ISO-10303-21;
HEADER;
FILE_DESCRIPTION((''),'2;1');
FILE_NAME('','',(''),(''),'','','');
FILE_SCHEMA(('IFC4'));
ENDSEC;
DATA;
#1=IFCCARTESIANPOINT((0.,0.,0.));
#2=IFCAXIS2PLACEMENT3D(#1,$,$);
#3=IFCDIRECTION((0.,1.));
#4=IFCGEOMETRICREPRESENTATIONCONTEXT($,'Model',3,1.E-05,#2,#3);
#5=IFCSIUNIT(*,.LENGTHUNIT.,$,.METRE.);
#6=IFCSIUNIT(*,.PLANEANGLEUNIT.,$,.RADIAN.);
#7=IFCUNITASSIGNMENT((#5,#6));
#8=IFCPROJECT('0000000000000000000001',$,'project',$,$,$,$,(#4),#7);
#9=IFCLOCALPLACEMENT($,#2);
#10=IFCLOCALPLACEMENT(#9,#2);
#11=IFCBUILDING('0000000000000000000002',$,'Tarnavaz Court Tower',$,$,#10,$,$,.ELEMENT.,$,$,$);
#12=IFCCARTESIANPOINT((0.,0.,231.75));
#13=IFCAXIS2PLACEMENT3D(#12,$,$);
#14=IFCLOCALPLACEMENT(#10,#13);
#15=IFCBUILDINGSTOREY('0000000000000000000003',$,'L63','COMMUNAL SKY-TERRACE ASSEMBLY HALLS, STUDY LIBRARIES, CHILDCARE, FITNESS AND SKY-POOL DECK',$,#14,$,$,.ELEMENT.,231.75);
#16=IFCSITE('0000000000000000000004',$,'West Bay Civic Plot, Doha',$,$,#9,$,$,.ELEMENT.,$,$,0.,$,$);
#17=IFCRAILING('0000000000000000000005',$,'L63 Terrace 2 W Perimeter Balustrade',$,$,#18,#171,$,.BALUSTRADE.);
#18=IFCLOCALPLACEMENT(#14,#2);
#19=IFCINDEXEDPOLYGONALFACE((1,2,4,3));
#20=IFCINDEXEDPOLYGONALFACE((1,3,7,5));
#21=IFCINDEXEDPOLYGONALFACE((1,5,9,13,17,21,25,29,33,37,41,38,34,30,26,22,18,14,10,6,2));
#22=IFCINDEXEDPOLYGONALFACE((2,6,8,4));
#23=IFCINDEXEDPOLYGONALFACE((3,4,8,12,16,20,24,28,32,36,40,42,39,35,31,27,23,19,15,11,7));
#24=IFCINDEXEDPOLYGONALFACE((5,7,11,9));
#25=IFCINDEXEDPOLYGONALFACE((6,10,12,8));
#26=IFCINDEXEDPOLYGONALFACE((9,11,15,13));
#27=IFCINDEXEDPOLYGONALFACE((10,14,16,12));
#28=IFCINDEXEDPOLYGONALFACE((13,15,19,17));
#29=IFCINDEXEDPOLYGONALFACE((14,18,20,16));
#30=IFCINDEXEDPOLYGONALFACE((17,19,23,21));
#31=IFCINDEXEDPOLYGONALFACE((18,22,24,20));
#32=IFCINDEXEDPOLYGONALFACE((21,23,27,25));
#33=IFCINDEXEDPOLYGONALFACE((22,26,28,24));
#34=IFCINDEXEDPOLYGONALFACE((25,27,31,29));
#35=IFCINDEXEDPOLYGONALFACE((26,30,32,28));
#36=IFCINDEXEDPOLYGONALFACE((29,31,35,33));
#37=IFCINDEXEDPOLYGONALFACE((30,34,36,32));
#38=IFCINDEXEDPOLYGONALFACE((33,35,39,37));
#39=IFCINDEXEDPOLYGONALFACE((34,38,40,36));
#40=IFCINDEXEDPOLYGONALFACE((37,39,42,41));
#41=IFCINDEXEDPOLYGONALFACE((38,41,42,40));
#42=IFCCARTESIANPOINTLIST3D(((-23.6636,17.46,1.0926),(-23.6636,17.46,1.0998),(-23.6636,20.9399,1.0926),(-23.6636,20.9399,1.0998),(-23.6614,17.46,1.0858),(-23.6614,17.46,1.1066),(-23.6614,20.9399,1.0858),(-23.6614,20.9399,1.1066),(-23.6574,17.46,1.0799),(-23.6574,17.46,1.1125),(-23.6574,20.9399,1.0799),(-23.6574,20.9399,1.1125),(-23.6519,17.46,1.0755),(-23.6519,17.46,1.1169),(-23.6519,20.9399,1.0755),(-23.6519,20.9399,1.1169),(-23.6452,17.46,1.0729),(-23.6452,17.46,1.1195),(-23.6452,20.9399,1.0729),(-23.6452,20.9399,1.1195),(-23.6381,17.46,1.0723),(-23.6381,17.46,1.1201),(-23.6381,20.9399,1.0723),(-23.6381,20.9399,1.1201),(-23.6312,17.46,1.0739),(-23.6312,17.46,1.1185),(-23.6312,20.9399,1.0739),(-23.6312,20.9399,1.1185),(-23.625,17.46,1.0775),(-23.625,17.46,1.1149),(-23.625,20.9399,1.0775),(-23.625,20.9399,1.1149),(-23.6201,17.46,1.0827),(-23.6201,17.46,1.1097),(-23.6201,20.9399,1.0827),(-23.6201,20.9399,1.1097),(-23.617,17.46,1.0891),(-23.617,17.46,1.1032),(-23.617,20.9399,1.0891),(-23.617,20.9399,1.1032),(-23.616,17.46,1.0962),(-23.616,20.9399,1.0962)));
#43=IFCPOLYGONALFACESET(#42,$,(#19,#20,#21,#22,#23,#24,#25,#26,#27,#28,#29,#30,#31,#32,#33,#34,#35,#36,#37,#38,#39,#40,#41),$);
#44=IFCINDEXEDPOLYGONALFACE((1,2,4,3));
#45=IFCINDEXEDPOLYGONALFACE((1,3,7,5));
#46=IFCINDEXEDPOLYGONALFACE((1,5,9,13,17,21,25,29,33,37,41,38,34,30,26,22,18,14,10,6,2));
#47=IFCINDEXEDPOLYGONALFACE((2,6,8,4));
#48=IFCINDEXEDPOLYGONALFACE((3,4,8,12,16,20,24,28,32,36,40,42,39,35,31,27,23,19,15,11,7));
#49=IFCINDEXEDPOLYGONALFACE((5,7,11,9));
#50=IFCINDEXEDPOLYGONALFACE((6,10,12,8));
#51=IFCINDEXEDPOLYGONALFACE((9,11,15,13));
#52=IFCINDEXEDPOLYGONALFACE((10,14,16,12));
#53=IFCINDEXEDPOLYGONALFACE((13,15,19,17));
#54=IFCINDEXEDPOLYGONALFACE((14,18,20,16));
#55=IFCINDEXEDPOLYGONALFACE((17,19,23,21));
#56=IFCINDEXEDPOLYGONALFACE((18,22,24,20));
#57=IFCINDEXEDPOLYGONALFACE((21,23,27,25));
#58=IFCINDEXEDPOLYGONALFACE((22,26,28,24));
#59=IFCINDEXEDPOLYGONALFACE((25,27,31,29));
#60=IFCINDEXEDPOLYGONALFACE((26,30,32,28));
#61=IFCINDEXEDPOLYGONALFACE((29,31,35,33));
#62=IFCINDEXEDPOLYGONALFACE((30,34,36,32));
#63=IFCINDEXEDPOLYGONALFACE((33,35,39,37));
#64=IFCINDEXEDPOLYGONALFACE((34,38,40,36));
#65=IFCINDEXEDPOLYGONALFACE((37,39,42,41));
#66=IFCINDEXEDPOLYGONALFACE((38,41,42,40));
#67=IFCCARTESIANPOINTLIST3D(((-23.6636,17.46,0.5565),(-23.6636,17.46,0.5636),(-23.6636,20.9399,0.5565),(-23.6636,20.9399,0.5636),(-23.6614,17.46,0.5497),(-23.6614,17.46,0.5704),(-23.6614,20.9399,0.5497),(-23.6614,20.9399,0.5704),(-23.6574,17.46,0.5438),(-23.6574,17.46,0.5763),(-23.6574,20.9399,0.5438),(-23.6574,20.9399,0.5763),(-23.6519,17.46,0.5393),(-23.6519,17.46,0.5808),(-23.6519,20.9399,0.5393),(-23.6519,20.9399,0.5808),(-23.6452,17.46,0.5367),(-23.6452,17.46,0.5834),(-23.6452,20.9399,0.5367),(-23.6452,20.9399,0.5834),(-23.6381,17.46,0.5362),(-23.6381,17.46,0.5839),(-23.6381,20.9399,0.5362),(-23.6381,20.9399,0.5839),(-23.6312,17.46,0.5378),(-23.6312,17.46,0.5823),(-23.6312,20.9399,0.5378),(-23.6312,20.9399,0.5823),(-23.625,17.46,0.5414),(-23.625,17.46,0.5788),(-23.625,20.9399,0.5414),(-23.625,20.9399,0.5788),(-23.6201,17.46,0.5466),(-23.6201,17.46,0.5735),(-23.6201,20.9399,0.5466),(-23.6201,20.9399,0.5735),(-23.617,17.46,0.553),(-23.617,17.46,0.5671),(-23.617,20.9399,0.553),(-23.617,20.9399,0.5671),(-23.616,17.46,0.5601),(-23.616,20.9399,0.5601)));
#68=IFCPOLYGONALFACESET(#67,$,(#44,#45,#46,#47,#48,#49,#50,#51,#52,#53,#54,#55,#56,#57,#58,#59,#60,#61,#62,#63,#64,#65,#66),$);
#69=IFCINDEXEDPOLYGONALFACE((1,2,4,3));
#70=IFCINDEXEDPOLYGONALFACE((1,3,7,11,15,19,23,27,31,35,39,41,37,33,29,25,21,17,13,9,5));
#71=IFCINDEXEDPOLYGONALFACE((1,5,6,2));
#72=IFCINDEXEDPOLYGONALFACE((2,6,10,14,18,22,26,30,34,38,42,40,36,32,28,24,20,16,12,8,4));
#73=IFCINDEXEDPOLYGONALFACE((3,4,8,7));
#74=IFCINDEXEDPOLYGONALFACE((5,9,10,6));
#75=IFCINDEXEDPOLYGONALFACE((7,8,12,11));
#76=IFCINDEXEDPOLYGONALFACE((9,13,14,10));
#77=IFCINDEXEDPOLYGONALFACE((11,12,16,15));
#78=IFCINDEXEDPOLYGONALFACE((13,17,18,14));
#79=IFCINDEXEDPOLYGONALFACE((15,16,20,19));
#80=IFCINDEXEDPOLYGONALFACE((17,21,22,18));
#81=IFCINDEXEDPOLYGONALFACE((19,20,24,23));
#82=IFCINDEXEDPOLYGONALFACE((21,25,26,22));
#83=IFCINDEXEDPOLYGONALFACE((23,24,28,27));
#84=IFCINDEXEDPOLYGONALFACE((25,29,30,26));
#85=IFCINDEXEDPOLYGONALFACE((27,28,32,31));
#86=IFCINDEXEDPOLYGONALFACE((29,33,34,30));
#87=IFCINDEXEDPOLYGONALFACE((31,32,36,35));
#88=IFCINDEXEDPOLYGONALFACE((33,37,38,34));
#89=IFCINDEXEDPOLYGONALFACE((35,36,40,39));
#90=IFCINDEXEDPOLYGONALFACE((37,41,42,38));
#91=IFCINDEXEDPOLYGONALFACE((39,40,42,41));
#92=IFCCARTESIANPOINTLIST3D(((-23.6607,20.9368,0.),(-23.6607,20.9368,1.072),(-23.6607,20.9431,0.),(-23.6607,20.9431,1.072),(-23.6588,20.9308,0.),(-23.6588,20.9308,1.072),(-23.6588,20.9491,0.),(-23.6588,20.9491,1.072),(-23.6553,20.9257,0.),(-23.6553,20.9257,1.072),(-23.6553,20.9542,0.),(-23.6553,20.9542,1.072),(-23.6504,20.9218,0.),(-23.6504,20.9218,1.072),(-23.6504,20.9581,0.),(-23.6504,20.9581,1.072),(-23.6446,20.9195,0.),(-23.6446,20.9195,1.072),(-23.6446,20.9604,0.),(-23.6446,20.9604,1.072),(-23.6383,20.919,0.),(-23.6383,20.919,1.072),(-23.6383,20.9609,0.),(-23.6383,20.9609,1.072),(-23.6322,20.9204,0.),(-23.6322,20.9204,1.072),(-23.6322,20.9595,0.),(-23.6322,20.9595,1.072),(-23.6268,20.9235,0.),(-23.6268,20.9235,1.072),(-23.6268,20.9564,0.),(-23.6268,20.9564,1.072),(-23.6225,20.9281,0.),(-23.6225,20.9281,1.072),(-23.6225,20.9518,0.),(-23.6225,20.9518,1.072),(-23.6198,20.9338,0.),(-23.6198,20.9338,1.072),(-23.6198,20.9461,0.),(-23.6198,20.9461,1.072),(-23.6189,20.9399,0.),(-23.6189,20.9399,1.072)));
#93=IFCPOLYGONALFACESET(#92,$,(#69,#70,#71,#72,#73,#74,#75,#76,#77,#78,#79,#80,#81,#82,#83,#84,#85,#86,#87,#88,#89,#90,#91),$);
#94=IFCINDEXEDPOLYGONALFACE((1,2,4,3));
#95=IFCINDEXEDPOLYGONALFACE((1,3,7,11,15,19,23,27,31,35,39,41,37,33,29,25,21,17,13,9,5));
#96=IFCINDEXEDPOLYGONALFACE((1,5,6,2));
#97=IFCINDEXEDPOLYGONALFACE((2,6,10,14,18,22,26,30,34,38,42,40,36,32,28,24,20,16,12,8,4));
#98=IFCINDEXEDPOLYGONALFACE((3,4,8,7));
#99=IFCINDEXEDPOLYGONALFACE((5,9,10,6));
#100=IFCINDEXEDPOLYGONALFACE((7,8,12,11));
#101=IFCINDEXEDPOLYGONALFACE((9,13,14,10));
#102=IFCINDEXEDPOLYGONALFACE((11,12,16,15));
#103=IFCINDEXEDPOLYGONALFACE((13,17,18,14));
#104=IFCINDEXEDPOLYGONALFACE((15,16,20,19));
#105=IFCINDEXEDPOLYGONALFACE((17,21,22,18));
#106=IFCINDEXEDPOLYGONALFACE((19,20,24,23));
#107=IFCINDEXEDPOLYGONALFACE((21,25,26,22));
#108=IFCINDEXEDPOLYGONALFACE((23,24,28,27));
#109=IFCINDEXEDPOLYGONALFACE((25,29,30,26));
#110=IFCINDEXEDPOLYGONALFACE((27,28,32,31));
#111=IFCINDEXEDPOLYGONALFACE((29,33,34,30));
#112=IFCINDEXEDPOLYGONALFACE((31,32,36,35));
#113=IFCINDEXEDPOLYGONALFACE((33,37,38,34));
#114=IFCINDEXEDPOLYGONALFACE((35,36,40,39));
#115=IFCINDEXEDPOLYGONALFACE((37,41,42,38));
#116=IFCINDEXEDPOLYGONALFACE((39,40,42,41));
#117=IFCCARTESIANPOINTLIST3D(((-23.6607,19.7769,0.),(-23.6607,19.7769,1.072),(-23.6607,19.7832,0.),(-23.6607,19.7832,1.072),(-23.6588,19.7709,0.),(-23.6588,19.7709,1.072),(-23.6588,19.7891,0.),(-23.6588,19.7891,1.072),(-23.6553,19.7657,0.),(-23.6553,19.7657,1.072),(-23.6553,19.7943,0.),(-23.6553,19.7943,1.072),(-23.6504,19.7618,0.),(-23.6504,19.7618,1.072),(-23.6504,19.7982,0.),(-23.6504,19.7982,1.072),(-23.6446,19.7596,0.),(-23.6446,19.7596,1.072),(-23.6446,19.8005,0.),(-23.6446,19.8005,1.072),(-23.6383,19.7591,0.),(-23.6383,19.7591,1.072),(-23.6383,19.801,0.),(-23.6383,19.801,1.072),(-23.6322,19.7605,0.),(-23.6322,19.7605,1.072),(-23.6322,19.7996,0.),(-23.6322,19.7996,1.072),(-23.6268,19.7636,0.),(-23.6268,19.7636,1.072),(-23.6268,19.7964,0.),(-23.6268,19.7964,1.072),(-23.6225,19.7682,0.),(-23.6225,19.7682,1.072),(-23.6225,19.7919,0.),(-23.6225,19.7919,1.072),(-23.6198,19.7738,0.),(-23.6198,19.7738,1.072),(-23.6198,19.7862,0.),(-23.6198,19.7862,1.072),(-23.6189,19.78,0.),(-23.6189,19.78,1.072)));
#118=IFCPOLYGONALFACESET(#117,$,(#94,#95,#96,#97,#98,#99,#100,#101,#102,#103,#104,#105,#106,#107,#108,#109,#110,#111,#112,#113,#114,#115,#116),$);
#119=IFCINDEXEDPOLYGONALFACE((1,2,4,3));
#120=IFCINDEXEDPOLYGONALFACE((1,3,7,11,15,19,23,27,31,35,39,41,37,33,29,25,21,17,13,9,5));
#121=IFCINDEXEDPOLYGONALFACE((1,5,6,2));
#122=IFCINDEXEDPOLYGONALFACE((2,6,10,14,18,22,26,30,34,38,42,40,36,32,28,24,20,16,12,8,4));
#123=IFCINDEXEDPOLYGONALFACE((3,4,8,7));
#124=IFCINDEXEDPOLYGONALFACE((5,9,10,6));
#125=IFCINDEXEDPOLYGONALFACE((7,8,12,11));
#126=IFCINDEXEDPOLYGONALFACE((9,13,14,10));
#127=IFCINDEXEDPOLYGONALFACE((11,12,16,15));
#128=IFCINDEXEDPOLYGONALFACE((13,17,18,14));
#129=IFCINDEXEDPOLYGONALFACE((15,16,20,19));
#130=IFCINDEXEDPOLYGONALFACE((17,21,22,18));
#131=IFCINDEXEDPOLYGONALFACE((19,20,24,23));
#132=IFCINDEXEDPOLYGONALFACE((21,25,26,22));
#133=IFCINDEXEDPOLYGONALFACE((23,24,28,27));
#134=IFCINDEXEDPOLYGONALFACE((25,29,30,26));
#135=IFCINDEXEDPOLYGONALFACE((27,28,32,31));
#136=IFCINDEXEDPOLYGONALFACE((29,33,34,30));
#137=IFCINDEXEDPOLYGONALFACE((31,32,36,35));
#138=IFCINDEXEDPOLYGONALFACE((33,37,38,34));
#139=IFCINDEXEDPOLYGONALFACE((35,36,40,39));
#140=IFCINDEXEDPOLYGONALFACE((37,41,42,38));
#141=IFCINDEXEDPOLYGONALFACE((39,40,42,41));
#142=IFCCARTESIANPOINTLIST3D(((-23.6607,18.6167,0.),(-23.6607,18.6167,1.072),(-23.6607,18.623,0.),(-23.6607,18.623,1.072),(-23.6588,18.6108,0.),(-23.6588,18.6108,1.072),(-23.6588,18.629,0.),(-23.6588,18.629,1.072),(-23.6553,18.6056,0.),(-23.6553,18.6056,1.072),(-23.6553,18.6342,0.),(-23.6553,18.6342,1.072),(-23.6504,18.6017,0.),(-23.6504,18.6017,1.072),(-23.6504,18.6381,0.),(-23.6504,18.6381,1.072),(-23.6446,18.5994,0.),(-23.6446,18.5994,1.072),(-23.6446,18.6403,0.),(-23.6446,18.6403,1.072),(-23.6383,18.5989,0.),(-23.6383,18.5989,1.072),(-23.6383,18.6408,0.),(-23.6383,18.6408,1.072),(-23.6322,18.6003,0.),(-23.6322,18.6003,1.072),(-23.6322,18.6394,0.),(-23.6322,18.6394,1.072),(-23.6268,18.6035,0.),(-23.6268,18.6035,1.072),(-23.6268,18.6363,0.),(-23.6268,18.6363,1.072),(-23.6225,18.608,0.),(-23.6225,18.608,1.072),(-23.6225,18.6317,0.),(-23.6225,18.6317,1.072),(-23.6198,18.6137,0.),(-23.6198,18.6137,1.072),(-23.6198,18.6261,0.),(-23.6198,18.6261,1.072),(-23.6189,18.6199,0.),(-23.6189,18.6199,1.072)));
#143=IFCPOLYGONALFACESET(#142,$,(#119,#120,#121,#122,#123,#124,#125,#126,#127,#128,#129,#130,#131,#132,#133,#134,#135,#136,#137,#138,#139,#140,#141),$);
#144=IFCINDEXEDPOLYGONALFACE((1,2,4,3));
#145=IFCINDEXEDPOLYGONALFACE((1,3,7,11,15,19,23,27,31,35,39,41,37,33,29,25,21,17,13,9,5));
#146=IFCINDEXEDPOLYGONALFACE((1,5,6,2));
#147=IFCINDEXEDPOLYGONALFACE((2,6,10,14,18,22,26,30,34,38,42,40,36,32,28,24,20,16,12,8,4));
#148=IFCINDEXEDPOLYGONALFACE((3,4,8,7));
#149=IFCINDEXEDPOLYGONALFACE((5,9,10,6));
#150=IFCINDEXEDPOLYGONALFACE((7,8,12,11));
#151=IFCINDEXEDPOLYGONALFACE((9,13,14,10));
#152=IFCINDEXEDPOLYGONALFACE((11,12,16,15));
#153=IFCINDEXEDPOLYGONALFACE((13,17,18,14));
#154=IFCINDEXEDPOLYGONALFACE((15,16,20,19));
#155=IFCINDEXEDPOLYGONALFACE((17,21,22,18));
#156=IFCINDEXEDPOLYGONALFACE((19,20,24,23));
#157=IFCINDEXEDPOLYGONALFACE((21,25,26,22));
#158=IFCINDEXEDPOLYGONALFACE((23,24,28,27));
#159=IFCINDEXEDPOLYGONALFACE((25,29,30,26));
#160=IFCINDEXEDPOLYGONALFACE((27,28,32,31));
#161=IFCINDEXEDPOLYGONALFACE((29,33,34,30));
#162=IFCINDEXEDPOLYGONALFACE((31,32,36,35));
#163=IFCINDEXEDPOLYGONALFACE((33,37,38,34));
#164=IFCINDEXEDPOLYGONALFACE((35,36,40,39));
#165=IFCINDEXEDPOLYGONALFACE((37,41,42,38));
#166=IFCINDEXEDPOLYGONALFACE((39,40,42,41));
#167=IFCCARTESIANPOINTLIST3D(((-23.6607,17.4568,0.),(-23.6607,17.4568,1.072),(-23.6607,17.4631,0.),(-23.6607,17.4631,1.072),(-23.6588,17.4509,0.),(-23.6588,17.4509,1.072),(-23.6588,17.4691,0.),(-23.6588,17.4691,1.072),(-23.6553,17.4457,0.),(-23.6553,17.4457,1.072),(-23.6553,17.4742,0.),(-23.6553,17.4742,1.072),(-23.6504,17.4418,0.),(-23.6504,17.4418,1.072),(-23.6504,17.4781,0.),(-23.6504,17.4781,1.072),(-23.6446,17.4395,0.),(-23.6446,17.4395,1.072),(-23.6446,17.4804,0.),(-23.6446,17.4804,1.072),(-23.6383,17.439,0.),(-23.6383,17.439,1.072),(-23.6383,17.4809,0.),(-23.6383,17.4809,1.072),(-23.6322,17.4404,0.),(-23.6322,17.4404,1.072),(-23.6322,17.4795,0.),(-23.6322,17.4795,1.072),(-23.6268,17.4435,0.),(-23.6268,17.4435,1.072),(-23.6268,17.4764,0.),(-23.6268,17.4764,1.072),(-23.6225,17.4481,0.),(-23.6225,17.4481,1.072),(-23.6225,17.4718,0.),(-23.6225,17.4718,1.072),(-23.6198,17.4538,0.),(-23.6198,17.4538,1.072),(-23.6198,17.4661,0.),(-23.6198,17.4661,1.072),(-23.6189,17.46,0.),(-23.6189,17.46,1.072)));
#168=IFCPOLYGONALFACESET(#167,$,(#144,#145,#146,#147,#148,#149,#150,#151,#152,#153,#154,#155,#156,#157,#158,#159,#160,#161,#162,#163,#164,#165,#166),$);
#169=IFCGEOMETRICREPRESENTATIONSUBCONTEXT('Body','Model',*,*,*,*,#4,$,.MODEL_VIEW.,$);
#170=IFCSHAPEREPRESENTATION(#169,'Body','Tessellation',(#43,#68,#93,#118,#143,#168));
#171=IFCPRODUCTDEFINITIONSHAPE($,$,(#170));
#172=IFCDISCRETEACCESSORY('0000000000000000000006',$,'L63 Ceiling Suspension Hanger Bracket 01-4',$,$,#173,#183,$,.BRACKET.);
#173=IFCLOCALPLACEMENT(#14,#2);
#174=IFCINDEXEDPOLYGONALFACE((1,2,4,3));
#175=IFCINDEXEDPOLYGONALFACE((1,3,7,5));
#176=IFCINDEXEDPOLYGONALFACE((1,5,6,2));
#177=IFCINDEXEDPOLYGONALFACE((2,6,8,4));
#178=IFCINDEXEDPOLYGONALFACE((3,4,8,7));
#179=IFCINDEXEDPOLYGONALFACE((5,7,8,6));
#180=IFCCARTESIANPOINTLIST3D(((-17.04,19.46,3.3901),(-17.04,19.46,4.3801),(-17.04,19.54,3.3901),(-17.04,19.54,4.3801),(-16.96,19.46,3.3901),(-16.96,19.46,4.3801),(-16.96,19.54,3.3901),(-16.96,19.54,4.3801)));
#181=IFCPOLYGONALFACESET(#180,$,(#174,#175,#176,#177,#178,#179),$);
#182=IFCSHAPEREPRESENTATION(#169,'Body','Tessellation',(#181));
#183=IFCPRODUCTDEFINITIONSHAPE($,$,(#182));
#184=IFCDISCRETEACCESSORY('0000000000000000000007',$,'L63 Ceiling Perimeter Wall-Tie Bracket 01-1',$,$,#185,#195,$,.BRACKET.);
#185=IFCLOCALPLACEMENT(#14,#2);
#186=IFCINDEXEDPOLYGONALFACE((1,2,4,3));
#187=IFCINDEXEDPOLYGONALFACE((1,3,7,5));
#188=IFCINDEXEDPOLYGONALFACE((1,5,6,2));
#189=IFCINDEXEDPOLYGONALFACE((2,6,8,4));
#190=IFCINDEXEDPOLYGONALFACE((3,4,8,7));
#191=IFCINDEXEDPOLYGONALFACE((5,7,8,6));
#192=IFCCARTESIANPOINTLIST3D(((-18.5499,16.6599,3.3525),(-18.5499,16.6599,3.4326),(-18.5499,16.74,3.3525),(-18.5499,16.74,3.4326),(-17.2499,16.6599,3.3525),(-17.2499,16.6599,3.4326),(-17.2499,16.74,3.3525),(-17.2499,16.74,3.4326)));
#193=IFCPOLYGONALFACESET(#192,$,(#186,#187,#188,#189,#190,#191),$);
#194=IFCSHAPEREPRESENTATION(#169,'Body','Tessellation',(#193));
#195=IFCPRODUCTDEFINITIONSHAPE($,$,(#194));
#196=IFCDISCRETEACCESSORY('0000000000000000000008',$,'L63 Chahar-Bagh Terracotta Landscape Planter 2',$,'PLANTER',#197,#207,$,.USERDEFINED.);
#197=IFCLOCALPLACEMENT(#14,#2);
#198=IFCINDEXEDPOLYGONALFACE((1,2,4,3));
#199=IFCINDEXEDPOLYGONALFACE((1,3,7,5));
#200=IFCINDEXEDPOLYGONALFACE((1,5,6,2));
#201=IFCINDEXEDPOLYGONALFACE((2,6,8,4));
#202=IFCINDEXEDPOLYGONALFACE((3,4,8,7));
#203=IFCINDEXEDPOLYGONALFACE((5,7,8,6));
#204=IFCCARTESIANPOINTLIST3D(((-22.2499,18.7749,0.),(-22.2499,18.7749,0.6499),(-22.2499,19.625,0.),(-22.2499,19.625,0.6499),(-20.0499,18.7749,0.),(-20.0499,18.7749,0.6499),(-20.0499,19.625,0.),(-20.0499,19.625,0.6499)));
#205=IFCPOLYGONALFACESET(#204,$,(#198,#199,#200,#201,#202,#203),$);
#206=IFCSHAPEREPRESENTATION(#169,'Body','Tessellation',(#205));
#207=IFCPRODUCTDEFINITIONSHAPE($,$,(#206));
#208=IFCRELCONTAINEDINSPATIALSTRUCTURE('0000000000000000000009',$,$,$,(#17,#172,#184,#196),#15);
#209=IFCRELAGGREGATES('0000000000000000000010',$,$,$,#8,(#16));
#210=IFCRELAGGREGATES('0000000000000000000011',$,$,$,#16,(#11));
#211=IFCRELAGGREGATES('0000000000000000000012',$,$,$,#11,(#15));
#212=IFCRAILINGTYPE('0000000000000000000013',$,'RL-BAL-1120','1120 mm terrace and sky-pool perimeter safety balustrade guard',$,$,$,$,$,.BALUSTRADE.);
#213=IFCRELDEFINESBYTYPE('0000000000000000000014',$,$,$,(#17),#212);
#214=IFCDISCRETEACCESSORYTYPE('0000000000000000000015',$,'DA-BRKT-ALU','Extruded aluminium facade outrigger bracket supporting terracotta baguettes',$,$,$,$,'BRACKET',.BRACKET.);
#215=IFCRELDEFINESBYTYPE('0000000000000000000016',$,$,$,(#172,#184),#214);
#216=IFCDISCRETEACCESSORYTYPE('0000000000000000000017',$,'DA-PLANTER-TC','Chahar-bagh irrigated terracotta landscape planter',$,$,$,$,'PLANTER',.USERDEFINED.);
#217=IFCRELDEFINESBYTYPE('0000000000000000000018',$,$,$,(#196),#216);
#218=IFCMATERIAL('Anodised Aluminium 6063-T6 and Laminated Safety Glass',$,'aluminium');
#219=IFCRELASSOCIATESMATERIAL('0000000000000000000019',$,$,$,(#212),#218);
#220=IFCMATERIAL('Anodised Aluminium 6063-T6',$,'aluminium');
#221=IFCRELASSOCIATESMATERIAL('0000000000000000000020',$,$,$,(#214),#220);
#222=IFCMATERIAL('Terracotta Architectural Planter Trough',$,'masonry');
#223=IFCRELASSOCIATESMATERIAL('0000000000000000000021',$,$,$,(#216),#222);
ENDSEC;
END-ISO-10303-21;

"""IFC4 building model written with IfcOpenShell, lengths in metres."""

from ifc_helpers import new_model, si_unit, direction, frame, origin, origin_2d, place, context, subcontext, project, spatial, rectangle, circle, extrude, material, type_object, element, save


model = new_model("IFC4")

# Units and contexts
model_context = context("Model", 3, precision=1e-05, world=origin(), true_north=direction((0.0, 1.0)))
body_context = subcontext(model_context, "Body", "Model", "MODEL_VIEW")
ifc_project = project(units=[si_unit("LENGTHUNIT", "METRE"), si_unit("PLANEANGLEUNIT", "RADIAN")], contexts=[model_context])

# Site, building, storey
site_placement = place(None, origin())
site = spatial("IfcSite", under=ifc_project, at=site_placement, Name="West Bay Civic Plot, Doha", CompositionType="ELEMENT", RefElevation=0.0)
building_placement = place(site_placement, origin())
building = spatial("IfcBuilding", under=site, at=building_placement, Name="Tarnavaz Court Tower", CompositionType="ELEMENT")
storey_placement = place(building_placement, frame((0.0, 0.0, 231.75)))
storey = spatial("IfcBuildingStorey", under=building, at=storey_placement, Name="L63", Description="COMMUNAL SKY-TERRACE ASSEMBLY HALLS, STUDY LIBRARIES, CHILDCARE, FITNESS AND SKY-POOL DECK", CompositionType="ELEMENT", Elevation=231.75)

# Shared definitions
ifc_material_1 = material(Name="Anodised Aluminium 6063-T6", Category="aluminium")

# Railing
ifc_material_2 = material(Name="Anodised Aluminium 6063-T6 and Laminated Safety Glass", Category="aluminium")
railing_type = type_object("IfcRailingType", Name="RL-BAL-1120", Description="1120 mm terrace and sky-pool perimeter safety balustrade guard", PredefinedType="BALUSTRADE", material=ifc_material_2)
railing_1_placement = place(storey_placement, frame((-23.6399, 20.9399, 0.0)))
element("IfcRailing", 1, at=railing_1_placement, inside=storey, type_object=railing_type, Name="L63 Terrace 2 W Perimeter Balustrade", PredefinedType="BALUSTRADE", context=body_context, shape_type="SweptSolid", body=[
    extrude(circle(Radius=0.0239, at=origin_2d()), frame((0.0, 0.0, 1.0962), z_axis=(0.0, -1.0, 0.0), x_axis=(1.0, 0.0, 0.0)), (0.0, 0.0, 1.0), 3.48),
    extrude(circle(Radius=0.0239, at=origin_2d()), frame((0.0, 0.0, 0.5601), z_axis=(0.0, -1.0, 0.0), x_axis=(1.0, 0.0, 0.0)), (0.0, 0.0, 1.0), 3.48),
    extrude(circle(Radius=0.021, at=origin_2d()), origin(), (0.0, 0.0, 1.0), 1.072),
    extrude(circle(Radius=0.021, at=origin_2d()), frame((0.0, -1.1599, 0.0)), (0.0, 0.0, 1.0), 1.072),
    extrude(circle(Radius=0.021, at=origin_2d()), frame((0.0, -2.3201, 0.0)), (0.0, 0.0, 1.0), 1.072),
    extrude(circle(Radius=0.021, at=origin_2d()), frame((0.0, -3.48, 0.0)), (0.0, 0.0, 1.0), 1.072),
])

# Discrete accessories
discrete_accessory_type_1 = type_object("IfcDiscreteAccessoryType", Name="DA-BRKT-ALU", Description="Extruded aluminium facade outrigger bracket supporting terracotta baguettes", ElementType="BRACKET", PredefinedType="BRACKET", material=ifc_material_1)
discrete_accessory_1_placement = place(storey_placement, frame((-17.0, 19.5, 3.3901), z_axis=(0.0, 0.0, 1.0), x_axis=(1.0, 0.0, 0.0)))
element("IfcDiscreteAccessory", 2, at=discrete_accessory_1_placement, inside=storey, type_object=discrete_accessory_type_1, Name="L63 Ceiling Suspension Hanger Bracket 01-4", PredefinedType="BRACKET", context=body_context, shape_type="SweptSolid", body=[
    extrude(rectangle(XDim=0.0801, YDim=0.0801, at=origin_2d()), origin(), (0.0, 0.0, 1.0), 0.99),
])
discrete_accessory_2_placement = place(storey_placement, frame((-17.8999, 16.7, 3.3525), z_axis=(0.0, 0.0, 1.0), x_axis=(1.0, 0.0, 0.0)))
element("IfcDiscreteAccessory", 3, at=discrete_accessory_2_placement, inside=storey, type_object=discrete_accessory_type_1, Name="L63 Ceiling Perimeter Wall-Tie Bracket 01-1", PredefinedType="BRACKET", context=body_context, shape_type="SweptSolid", body=[
    extrude(rectangle(XDim=1.3, YDim=0.0801, at=origin_2d()), origin(), (0.0, 0.0, 1.0), 0.0801),
])
ifc_material_3 = material(Name="Terracotta Architectural Planter Trough", Category="masonry")
discrete_accessory_type_2 = type_object("IfcDiscreteAccessoryType", Name="DA-PLANTER-TC", Description="Chahar-bagh irrigated terracotta landscape planter", ElementType="PLANTER", PredefinedType="USERDEFINED", material=ifc_material_3)
discrete_accessory_3_placement = place(storey_placement, frame((-21.1499, 19.2, 0.0), z_axis=(0.0, 0.0, 1.0), x_axis=(1.0, 0.0, 0.0)))
element("IfcDiscreteAccessory", 4, at=discrete_accessory_3_placement, inside=storey, type_object=discrete_accessory_type_2, Name="L63 Chahar-Bagh Terracotta Landscape Planter 2", ObjectType="PLANTER", PredefinedType="USERDEFINED", context=body_context, shape_type="SweptSolid", body=[
    extrude(rectangle(XDim=2.2, YDim=0.8501, at=origin_2d()), origin(), (0.0, 0.0, 1.0), 0.6499),
])

save(model, "model.ifc")
